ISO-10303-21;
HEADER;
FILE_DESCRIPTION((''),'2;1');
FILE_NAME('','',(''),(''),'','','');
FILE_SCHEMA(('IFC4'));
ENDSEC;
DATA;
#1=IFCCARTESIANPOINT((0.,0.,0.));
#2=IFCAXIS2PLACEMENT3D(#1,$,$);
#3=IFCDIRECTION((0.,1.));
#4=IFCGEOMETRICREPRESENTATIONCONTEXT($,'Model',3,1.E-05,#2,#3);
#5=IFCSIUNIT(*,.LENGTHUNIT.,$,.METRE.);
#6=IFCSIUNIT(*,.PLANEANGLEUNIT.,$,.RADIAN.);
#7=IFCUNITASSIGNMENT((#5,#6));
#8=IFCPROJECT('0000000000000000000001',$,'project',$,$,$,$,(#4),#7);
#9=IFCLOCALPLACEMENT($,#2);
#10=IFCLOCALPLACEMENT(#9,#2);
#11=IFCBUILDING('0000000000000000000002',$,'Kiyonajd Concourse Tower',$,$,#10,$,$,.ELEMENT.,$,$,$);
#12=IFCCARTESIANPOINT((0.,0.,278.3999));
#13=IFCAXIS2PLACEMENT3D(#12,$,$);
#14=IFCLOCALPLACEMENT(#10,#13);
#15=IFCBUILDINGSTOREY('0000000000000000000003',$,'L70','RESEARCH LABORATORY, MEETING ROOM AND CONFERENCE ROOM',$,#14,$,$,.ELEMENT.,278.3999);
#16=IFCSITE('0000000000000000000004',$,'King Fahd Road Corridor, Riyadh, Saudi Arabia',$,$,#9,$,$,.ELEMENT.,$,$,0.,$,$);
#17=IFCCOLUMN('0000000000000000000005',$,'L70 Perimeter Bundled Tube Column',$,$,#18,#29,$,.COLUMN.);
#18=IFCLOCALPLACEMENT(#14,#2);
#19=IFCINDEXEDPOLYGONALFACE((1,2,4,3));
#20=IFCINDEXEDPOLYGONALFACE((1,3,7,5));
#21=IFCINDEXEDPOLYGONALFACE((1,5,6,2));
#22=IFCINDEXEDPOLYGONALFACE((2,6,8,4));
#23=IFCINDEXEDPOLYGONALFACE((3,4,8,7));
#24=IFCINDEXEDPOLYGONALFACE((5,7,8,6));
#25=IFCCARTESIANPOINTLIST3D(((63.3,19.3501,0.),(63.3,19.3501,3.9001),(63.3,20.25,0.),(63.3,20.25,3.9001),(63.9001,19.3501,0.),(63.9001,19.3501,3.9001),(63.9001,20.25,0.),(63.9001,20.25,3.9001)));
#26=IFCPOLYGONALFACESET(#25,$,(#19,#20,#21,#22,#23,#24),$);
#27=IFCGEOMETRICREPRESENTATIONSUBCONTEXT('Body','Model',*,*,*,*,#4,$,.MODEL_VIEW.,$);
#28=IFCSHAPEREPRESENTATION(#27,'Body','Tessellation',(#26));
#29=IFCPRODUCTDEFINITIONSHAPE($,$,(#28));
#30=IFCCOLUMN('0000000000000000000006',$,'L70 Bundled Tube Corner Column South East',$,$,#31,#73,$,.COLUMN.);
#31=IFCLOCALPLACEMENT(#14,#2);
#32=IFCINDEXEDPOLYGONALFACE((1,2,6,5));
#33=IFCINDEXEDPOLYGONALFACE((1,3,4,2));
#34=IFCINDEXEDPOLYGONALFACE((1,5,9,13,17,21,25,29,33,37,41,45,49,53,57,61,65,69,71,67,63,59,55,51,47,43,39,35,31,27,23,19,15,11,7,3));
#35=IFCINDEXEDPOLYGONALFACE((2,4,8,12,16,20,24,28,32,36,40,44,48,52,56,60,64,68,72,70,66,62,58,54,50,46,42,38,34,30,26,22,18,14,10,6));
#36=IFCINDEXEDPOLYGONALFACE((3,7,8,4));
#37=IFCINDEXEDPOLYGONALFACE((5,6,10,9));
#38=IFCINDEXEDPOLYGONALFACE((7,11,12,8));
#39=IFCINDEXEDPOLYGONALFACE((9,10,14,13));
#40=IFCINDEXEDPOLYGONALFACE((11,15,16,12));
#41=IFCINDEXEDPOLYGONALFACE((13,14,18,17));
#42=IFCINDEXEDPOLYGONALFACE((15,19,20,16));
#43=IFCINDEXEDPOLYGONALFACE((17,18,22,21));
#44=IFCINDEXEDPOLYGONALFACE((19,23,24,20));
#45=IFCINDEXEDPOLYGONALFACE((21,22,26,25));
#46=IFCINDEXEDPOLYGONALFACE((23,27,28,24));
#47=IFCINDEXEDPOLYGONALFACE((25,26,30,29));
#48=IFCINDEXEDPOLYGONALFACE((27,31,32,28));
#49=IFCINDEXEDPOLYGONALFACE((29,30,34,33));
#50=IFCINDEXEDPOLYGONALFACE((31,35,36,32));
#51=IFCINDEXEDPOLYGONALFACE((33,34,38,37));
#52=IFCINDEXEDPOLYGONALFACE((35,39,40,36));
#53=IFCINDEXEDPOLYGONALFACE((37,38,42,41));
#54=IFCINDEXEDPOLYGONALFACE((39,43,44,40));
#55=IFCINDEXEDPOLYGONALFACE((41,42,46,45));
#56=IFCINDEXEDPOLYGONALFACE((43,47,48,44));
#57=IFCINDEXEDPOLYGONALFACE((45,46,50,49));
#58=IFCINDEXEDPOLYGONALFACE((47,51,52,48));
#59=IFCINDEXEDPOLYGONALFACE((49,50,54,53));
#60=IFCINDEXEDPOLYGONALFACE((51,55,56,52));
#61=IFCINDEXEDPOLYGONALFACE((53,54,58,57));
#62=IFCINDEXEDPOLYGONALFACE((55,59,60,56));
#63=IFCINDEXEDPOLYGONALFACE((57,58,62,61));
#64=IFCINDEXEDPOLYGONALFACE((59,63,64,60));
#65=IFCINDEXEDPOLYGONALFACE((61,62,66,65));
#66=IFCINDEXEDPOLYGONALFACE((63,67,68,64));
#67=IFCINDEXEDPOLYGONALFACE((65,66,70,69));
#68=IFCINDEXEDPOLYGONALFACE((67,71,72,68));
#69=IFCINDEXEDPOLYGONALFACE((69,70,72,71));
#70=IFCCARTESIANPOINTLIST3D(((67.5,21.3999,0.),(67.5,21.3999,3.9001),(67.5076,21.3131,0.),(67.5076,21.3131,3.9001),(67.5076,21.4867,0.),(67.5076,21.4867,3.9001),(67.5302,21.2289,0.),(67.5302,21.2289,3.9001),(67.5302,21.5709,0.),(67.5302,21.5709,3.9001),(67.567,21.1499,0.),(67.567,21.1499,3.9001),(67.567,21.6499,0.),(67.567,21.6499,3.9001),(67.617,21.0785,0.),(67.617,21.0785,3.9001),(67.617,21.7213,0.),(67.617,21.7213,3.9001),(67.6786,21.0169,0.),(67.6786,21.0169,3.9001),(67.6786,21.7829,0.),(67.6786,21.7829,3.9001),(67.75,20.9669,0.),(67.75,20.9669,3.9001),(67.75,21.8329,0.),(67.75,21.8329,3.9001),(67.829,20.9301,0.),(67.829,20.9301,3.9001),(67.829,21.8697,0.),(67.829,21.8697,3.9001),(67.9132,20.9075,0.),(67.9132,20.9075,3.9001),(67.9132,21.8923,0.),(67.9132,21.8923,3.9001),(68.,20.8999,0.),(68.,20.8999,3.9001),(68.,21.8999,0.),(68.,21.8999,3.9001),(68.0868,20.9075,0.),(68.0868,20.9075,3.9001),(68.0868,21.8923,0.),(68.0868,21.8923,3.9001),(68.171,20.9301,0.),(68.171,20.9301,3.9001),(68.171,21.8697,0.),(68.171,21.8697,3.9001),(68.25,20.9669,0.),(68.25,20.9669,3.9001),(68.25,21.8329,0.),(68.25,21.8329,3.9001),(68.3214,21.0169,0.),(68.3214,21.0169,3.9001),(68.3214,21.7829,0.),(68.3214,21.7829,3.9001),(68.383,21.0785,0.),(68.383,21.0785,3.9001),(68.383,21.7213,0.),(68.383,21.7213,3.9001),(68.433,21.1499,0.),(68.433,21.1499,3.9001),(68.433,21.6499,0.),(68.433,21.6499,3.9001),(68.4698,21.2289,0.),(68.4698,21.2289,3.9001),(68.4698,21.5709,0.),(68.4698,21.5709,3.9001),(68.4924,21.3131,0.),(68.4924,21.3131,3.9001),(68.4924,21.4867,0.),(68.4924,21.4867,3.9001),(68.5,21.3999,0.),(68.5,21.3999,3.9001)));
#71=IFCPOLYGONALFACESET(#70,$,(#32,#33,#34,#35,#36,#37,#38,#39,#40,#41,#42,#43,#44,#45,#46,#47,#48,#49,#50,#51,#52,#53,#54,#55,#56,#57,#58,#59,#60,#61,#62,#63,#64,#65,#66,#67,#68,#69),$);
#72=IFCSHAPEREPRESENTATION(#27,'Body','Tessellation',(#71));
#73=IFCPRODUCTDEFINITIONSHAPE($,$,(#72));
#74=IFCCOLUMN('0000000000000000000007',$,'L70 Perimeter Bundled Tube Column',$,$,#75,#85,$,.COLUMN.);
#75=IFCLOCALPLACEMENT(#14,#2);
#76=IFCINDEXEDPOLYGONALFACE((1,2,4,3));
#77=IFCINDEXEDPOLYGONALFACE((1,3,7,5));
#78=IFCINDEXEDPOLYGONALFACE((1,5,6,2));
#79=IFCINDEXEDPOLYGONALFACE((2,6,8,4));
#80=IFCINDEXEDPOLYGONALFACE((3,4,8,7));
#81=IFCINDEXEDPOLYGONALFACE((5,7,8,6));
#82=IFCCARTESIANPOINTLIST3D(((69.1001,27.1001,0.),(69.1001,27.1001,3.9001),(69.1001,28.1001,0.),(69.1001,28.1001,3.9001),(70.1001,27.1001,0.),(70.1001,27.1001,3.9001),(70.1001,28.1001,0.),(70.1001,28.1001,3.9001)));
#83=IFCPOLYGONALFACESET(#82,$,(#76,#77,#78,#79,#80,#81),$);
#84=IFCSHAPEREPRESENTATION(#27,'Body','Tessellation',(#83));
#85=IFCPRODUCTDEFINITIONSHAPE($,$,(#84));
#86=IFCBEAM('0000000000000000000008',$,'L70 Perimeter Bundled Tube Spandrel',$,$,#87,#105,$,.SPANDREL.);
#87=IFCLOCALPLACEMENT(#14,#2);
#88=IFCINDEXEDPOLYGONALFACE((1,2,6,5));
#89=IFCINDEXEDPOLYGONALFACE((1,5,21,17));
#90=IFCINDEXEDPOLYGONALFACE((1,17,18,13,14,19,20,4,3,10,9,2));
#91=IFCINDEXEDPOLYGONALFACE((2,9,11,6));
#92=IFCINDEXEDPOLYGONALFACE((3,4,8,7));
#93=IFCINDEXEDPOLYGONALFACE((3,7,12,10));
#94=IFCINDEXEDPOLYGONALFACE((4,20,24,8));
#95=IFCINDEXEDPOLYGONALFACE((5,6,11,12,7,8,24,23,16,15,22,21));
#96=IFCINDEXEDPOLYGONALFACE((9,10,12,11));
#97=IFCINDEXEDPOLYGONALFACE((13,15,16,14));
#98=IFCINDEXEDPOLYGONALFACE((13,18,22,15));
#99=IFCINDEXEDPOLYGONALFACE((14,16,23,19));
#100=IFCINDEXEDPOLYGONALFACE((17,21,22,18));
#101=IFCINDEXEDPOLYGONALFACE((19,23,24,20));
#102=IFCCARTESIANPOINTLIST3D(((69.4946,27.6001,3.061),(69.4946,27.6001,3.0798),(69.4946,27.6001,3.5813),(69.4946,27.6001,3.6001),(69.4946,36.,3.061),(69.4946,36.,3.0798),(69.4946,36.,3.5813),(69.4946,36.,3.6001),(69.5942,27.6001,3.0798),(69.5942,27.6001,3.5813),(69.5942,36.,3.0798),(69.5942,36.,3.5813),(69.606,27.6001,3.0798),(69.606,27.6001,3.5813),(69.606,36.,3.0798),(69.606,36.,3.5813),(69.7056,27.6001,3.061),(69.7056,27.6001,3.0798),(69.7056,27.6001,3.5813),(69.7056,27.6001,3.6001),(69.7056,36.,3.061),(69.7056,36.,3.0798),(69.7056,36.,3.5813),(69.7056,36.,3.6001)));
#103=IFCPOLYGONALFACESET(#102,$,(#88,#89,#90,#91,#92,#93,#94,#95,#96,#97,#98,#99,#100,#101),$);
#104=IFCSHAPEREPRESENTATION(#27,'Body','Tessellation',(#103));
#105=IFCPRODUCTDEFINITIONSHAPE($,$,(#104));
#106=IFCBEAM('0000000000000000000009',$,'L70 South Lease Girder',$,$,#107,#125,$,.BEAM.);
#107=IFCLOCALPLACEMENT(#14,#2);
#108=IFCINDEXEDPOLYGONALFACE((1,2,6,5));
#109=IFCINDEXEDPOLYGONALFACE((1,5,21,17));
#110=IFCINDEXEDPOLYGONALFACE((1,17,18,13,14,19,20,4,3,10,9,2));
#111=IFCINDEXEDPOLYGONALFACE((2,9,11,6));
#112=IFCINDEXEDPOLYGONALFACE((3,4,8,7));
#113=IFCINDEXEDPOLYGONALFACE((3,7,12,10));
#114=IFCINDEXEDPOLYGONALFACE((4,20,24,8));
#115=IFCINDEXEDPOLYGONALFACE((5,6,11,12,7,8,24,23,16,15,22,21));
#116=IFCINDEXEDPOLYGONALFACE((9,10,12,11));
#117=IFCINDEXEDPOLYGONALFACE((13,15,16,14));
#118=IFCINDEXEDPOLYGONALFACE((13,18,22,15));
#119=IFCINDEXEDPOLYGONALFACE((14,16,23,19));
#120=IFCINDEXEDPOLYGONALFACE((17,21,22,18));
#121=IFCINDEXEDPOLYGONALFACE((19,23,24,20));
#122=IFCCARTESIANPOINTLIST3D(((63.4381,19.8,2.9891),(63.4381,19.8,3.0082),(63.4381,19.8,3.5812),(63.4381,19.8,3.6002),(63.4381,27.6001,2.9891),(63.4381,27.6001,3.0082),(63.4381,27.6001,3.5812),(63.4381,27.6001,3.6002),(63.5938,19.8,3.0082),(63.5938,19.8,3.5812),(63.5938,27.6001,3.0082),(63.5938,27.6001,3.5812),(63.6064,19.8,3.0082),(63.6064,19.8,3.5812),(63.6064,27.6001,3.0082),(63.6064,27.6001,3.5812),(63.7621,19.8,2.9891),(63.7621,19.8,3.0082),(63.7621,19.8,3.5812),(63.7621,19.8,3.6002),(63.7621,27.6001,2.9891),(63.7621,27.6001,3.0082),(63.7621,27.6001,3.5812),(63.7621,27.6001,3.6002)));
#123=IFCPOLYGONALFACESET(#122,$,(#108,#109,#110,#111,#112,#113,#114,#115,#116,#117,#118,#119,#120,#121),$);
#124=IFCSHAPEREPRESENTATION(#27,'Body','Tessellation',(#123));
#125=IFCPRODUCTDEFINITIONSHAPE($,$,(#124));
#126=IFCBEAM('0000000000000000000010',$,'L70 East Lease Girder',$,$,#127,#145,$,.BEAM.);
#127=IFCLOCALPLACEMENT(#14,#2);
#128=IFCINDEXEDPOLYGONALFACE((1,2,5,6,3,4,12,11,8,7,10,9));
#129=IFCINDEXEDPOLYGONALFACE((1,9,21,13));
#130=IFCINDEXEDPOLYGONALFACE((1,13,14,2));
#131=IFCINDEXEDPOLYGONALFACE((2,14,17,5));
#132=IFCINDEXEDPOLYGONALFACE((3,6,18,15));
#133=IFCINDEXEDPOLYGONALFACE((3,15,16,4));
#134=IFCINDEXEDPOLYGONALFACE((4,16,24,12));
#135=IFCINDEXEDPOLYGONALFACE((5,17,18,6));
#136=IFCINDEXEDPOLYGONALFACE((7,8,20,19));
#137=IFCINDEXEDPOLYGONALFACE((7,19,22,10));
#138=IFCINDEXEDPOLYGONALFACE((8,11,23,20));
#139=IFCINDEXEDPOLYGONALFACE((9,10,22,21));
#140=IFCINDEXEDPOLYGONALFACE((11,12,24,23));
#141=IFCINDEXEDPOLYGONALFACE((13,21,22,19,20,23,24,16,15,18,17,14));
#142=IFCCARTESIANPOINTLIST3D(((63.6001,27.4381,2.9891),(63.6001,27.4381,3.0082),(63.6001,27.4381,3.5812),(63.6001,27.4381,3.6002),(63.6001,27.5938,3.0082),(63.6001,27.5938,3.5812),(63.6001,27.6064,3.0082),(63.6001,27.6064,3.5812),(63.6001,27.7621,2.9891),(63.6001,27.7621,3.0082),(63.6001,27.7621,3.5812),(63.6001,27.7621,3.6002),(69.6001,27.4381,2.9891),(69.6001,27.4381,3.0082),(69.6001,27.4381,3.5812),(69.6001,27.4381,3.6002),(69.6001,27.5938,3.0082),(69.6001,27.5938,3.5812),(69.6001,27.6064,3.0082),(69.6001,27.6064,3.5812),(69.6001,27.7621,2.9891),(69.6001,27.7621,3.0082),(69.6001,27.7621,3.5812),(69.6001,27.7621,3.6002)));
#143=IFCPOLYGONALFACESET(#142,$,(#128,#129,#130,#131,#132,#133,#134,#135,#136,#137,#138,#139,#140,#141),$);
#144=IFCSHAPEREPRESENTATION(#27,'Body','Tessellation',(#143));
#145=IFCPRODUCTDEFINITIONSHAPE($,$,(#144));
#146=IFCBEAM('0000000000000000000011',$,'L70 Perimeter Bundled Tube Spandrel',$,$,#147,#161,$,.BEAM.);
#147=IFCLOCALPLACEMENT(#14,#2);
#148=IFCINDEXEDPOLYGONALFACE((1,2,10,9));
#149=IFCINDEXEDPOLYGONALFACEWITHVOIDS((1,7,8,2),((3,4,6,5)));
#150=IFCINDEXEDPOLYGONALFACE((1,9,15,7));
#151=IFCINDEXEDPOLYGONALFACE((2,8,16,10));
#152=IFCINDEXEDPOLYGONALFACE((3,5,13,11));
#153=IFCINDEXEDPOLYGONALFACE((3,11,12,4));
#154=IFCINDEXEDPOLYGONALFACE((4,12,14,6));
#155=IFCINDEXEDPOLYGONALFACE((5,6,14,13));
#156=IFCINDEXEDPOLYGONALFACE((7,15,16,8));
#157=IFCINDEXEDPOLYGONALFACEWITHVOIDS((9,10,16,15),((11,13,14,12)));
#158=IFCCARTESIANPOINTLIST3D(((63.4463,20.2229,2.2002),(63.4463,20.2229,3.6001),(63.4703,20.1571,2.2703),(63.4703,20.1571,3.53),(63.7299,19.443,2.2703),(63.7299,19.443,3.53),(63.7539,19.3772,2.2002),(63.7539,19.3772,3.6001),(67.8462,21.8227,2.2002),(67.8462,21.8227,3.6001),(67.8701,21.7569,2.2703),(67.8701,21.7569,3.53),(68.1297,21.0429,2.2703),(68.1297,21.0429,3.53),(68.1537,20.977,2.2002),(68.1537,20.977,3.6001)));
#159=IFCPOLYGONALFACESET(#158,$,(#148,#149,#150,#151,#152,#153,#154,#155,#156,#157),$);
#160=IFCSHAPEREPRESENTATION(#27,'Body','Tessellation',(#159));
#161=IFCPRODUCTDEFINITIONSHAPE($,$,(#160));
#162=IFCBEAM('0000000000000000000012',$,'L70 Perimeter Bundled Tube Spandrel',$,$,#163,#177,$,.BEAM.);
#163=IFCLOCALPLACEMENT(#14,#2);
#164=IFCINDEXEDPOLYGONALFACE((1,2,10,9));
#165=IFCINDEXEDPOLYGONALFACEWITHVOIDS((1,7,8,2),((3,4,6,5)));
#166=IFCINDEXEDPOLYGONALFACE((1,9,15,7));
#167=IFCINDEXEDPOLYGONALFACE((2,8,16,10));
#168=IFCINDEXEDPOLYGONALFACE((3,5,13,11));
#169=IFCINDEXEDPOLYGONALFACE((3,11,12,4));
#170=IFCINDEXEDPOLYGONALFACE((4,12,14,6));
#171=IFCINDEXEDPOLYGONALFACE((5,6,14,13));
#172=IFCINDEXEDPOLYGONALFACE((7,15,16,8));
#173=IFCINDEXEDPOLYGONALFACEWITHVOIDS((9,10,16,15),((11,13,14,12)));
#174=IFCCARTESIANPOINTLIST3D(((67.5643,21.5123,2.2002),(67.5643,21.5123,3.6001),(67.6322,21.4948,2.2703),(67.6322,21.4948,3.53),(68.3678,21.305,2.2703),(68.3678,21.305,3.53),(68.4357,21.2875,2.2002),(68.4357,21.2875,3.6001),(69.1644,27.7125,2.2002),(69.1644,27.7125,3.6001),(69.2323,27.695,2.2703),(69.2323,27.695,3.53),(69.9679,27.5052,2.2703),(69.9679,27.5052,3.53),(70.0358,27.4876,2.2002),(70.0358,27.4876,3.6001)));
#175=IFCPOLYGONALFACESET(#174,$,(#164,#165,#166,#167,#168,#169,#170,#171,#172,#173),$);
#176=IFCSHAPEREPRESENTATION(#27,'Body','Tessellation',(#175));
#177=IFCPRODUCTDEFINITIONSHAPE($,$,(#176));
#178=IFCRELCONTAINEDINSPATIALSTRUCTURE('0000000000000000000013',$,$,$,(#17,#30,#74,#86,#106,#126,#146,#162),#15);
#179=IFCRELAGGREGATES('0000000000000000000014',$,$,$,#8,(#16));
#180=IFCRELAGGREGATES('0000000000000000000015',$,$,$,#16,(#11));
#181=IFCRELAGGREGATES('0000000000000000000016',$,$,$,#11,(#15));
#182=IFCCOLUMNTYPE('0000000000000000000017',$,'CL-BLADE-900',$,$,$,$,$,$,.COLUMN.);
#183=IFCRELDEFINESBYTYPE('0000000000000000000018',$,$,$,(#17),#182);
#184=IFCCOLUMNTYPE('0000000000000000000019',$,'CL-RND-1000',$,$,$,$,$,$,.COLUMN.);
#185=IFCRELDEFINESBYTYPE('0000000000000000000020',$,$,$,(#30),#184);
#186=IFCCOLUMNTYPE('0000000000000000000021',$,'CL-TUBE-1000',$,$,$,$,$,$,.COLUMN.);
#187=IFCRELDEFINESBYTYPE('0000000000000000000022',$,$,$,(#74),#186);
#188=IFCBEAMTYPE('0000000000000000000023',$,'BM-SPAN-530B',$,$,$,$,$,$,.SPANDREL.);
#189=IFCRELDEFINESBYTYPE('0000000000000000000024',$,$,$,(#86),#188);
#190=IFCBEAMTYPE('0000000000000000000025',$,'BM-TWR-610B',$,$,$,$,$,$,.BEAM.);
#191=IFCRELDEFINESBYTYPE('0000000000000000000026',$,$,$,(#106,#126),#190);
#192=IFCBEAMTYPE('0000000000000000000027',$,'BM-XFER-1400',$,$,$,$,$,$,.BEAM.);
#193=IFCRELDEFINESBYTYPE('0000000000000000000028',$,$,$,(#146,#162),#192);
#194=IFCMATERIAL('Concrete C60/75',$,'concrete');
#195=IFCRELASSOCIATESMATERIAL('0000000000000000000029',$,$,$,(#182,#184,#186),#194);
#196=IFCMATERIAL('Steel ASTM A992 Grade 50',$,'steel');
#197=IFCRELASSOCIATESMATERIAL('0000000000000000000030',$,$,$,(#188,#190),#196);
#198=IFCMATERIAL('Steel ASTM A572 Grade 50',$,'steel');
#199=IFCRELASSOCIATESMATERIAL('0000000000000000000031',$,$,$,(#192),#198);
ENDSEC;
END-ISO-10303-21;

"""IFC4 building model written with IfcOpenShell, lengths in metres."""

from ifc_helpers import new_model, si_unit, direction, frame, origin, origin_2d, place, context, subcontext, project, spatial, rectangle, hollow_rectangle, circle, i_section, extrude, material, material_profile, profile_set, type_object, element, save


model = new_model("IFC4")

# Units and contexts
model_context = context("Model", 3, precision=1e-05, world=origin(), true_north=direction((0.0, 1.0)))
body_context = subcontext(model_context, "Body", "Model", "MODEL_VIEW")
ifc_project = project(units=[si_unit("LENGTHUNIT", "METRE"), si_unit("PLANEANGLEUNIT", "RADIAN")], contexts=[model_context])

# Site, building, storey
site_placement = place(None, origin())
site = spatial("IfcSite", under=ifc_project, at=site_placement, Name="King Fahd Road Corridor, Riyadh, Saudi Arabia", CompositionType="ELEMENT", RefElevation=0.0)
building_placement = place(site_placement, origin())
building = spatial("IfcBuilding", under=site, at=building_placement, Name="Kiyonajd Concourse Tower", CompositionType="ELEMENT")
storey_placement = place(building_placement, frame((0.0, 0.0, 278.3999)))
storey = spatial("IfcBuildingStorey", under=building, at=storey_placement, Name="L70", Description="RESEARCH LABORATORY, MEETING ROOM AND CONFERENCE ROOM", CompositionType="ELEMENT", Elevation=278.3999)

# Columns
ifc_material_1 = material(Name="Concrete C60/75", Category="concrete")
ifc_material_profile_1 = material_profile(ifc_material_1, rectangle(XDim=0.6001, YDim=0.8999, at=origin_2d()), Name="RC-900x600")
ifc_profile_set_1 = profile_set([ifc_material_profile_1], Name="Concrete C60/75")
column_type_1 = type_object("IfcColumnType", Name="CL-BLADE-900", PredefinedType="COLUMN", material=ifc_profile_set_1)
column_1_placement = place(storey_placement, frame((63.6001, 19.8, 0.0), z_axis=(0.0, 0.0, 1.0), x_axis=(1.0, 0.0, 0.0)))
element("IfcColumn", 1, at=column_1_placement, inside=storey, type_object=column_type_1, Name="L70 Perimeter Bundled Tube Column", PredefinedType="COLUMN", context=body_context, shape_type="SweptSolid", body=[
    extrude(rectangle(XDim=0.6001, YDim=0.8999, at=origin_2d()), origin(), (0.0, 0.0, 1.0), 3.9001),
])
ifc_material_profile_2 = material_profile(ifc_material_1, circle(Radius=0.5, at=origin_2d()), Name="RCC-D1000")
ifc_profile_set_2 = profile_set([ifc_material_profile_2], Name="Concrete C60/75")
column_type_2 = type_object("IfcColumnType", Name="CL-RND-1000", PredefinedType="COLUMN", material=ifc_profile_set_2)
column_2_placement = place(storey_placement, frame((68.0, 21.3999, 0.0), z_axis=(0.0, 0.0, 1.0), x_axis=(1.0, 0.0, 0.0)))
element("IfcColumn", 2, at=column_2_placement, inside=storey, type_object=column_type_2, Name="L70 Bundled Tube Corner Column South East", PredefinedType="COLUMN", context=body_context, shape_type="SweptSolid", body=[
    extrude(circle(Radius=0.5, at=origin_2d()), origin(), (0.0, 0.0, 1.0), 3.9001),
])
ifc_material_profile_3 = material_profile(ifc_material_1, rectangle(XDim=1.0, YDim=1.0, at=origin_2d()), Name="RC-1000x1000")
ifc_profile_set_3 = profile_set([ifc_material_profile_3], Name="Concrete C60/75")
column_type_3 = type_object("IfcColumnType", Name="CL-TUBE-1000", PredefinedType="COLUMN", material=ifc_profile_set_3)
column_3_placement = place(storey_placement, frame((69.6001, 27.6001, 0.0), z_axis=(0.0, 0.0, 1.0), x_axis=(1.0, 0.0, 0.0)))
element("IfcColumn", 3, at=column_3_placement, inside=storey, type_object=column_type_3, Name="L70 Perimeter Bundled Tube Column", PredefinedType="COLUMN", context=body_context, shape_type="SweptSolid", body=[
    extrude(rectangle(XDim=1.0, YDim=1.0, at=origin_2d()), origin(), (0.0, 0.0, 1.0), 3.9001),
])

# Beams
ifc_material_2 = material(Name="Steel ASTM A992 Grade 50", Category="steel")
ifc_material_profile_4 = material_profile(ifc_material_2, i_section(OverallWidth=0.2109, OverallDepth=0.5391, WebThickness=0.0117, FlangeThickness=0.0188, at=origin_2d()), Name="W530X109")
ifc_profile_set_4 = profile_set([ifc_material_profile_4], Name="Steel ASTM A992 Grade 50")
beam_type_1 = type_object("IfcBeamType", Name="BM-SPAN-530B", PredefinedType="SPANDREL", material=ifc_profile_set_4)
beam_1_placement = place(storey_placement, frame((69.6001, 27.6001, 3.3306), z_axis=(0.0, 1.0, 0.0), x_axis=(-1.0, 0.0, 0.0)))
element("IfcBeam", 4, at=beam_1_placement, inside=storey, type_object=beam_type_1, Name="L70 Perimeter Bundled Tube Spandrel", PredefinedType="SPANDREL", context=body_context, shape_type="SweptSolid", body=[
    extrude(i_section(OverallWidth=0.2109, OverallDepth=0.5391, WebThickness=0.0117, FlangeThickness=0.0188, at=origin_2d()), origin(), (0.0, 0.0, 1.0), 8.3999),
])
ifc_material_profile_5 = material_profile(ifc_material_2, i_section(OverallWidth=0.324, OverallDepth=0.6111, WebThickness=0.0127, FlangeThickness=0.019, at=origin_2d()), Name="W610X155")
ifc_profile_set_5 = profile_set([ifc_material_profile_5], Name="Steel ASTM A992 Grade 50")
beam_type_2 = type_object("IfcBeamType", Name="BM-TWR-610B", PredefinedType="BEAM", material=ifc_profile_set_5)
beam_2_placement = place(storey_placement, frame((63.6001, 19.8, 3.2947), z_axis=(0.0, 1.0, 0.0), x_axis=(-1.0, 0.0, 0.0)))
element("IfcBeam", 5, at=beam_2_placement, inside=storey, type_object=beam_type_2, Name="L70 South Lease Girder", PredefinedType="BEAM", context=body_context, shape_type="SweptSolid", body=[
    extrude(i_section(OverallWidth=0.324, OverallDepth=0.6111, WebThickness=0.0127, FlangeThickness=0.019, at=origin_2d()), origin(), (0.0, 0.0, 1.0), 7.8),
])
beam_3_placement = place(storey_placement, frame((63.6001, 27.6001, 3.2947), z_axis=(1.0, 0.0, 0.0), x_axis=(0.0, 1.0, 0.0)))
element("IfcBeam", 6, at=beam_3_placement, inside=storey, type_object=beam_type_2, Name="L70 East Lease Girder", PredefinedType="BEAM", context=body_context, shape_type="SweptSolid", body=[
    extrude(i_section(OverallWidth=0.324, OverallDepth=0.6111, WebThickness=0.0127, FlangeThickness=0.019, at=origin_2d()), origin(), (0.0, 0.0, 1.0), 6.0),
])
ifc_material_3 = material(Name="Steel ASTM A572 Grade 50", Category="steel")
ifc_material_profile_6 = material_profile(ifc_material_3, hollow_rectangle(XDim=0.8999, YDim=1.3999, WallThickness=0.0701, at=origin_2d()), Name="BOX-1400x900x70")
ifc_profile_set_6 = profile_set([ifc_material_profile_6], Name="Steel ASTM A572 Grade 50")
beam_type_3 = type_object("IfcBeamType", Name="BM-XFER-1400", PredefinedType="BEAM", material=ifc_profile_set_6)
beam_4_placement = place(storey_placement, frame((63.6001, 19.8, 2.9001), z_axis=(0.939801, 0.341722, 0.0), x_axis=(-0.341722, 0.939801, 0.0)))
element("IfcBeam", 7, at=beam_4_placement, inside=storey, type_object=beam_type_3, Name="L70 Perimeter Bundled Tube Spandrel", PredefinedType="BEAM", context=body_context, shape_type="SweptSolid", body=[
    extrude(hollow_rectangle(XDim=0.8999, YDim=1.3999, WallThickness=0.0701, at=origin_2d()), origin(), (0.0, 0.0, 1.0), 4.6816),
])
beam_5_placement = place(storey_placement, frame((68.0, 21.3999, 2.9001), z_axis=(0.249885, 0.968276, 0.0), x_axis=(-0.968276, 0.249885, 0.0)))
element("IfcBeam", 8, at=beam_5_placement, inside=storey, type_object=beam_type_3, Name="L70 Perimeter Bundled Tube Spandrel", PredefinedType="BEAM", context=body_context, shape_type="SweptSolid", body=[
    extrude(hollow_rectangle(XDim=0.8999, YDim=1.3999, WallThickness=0.0701, at=origin_2d()), origin(), (0.0, 0.0, 1.0), 6.4033),
])

save(model, "model.ifc")
